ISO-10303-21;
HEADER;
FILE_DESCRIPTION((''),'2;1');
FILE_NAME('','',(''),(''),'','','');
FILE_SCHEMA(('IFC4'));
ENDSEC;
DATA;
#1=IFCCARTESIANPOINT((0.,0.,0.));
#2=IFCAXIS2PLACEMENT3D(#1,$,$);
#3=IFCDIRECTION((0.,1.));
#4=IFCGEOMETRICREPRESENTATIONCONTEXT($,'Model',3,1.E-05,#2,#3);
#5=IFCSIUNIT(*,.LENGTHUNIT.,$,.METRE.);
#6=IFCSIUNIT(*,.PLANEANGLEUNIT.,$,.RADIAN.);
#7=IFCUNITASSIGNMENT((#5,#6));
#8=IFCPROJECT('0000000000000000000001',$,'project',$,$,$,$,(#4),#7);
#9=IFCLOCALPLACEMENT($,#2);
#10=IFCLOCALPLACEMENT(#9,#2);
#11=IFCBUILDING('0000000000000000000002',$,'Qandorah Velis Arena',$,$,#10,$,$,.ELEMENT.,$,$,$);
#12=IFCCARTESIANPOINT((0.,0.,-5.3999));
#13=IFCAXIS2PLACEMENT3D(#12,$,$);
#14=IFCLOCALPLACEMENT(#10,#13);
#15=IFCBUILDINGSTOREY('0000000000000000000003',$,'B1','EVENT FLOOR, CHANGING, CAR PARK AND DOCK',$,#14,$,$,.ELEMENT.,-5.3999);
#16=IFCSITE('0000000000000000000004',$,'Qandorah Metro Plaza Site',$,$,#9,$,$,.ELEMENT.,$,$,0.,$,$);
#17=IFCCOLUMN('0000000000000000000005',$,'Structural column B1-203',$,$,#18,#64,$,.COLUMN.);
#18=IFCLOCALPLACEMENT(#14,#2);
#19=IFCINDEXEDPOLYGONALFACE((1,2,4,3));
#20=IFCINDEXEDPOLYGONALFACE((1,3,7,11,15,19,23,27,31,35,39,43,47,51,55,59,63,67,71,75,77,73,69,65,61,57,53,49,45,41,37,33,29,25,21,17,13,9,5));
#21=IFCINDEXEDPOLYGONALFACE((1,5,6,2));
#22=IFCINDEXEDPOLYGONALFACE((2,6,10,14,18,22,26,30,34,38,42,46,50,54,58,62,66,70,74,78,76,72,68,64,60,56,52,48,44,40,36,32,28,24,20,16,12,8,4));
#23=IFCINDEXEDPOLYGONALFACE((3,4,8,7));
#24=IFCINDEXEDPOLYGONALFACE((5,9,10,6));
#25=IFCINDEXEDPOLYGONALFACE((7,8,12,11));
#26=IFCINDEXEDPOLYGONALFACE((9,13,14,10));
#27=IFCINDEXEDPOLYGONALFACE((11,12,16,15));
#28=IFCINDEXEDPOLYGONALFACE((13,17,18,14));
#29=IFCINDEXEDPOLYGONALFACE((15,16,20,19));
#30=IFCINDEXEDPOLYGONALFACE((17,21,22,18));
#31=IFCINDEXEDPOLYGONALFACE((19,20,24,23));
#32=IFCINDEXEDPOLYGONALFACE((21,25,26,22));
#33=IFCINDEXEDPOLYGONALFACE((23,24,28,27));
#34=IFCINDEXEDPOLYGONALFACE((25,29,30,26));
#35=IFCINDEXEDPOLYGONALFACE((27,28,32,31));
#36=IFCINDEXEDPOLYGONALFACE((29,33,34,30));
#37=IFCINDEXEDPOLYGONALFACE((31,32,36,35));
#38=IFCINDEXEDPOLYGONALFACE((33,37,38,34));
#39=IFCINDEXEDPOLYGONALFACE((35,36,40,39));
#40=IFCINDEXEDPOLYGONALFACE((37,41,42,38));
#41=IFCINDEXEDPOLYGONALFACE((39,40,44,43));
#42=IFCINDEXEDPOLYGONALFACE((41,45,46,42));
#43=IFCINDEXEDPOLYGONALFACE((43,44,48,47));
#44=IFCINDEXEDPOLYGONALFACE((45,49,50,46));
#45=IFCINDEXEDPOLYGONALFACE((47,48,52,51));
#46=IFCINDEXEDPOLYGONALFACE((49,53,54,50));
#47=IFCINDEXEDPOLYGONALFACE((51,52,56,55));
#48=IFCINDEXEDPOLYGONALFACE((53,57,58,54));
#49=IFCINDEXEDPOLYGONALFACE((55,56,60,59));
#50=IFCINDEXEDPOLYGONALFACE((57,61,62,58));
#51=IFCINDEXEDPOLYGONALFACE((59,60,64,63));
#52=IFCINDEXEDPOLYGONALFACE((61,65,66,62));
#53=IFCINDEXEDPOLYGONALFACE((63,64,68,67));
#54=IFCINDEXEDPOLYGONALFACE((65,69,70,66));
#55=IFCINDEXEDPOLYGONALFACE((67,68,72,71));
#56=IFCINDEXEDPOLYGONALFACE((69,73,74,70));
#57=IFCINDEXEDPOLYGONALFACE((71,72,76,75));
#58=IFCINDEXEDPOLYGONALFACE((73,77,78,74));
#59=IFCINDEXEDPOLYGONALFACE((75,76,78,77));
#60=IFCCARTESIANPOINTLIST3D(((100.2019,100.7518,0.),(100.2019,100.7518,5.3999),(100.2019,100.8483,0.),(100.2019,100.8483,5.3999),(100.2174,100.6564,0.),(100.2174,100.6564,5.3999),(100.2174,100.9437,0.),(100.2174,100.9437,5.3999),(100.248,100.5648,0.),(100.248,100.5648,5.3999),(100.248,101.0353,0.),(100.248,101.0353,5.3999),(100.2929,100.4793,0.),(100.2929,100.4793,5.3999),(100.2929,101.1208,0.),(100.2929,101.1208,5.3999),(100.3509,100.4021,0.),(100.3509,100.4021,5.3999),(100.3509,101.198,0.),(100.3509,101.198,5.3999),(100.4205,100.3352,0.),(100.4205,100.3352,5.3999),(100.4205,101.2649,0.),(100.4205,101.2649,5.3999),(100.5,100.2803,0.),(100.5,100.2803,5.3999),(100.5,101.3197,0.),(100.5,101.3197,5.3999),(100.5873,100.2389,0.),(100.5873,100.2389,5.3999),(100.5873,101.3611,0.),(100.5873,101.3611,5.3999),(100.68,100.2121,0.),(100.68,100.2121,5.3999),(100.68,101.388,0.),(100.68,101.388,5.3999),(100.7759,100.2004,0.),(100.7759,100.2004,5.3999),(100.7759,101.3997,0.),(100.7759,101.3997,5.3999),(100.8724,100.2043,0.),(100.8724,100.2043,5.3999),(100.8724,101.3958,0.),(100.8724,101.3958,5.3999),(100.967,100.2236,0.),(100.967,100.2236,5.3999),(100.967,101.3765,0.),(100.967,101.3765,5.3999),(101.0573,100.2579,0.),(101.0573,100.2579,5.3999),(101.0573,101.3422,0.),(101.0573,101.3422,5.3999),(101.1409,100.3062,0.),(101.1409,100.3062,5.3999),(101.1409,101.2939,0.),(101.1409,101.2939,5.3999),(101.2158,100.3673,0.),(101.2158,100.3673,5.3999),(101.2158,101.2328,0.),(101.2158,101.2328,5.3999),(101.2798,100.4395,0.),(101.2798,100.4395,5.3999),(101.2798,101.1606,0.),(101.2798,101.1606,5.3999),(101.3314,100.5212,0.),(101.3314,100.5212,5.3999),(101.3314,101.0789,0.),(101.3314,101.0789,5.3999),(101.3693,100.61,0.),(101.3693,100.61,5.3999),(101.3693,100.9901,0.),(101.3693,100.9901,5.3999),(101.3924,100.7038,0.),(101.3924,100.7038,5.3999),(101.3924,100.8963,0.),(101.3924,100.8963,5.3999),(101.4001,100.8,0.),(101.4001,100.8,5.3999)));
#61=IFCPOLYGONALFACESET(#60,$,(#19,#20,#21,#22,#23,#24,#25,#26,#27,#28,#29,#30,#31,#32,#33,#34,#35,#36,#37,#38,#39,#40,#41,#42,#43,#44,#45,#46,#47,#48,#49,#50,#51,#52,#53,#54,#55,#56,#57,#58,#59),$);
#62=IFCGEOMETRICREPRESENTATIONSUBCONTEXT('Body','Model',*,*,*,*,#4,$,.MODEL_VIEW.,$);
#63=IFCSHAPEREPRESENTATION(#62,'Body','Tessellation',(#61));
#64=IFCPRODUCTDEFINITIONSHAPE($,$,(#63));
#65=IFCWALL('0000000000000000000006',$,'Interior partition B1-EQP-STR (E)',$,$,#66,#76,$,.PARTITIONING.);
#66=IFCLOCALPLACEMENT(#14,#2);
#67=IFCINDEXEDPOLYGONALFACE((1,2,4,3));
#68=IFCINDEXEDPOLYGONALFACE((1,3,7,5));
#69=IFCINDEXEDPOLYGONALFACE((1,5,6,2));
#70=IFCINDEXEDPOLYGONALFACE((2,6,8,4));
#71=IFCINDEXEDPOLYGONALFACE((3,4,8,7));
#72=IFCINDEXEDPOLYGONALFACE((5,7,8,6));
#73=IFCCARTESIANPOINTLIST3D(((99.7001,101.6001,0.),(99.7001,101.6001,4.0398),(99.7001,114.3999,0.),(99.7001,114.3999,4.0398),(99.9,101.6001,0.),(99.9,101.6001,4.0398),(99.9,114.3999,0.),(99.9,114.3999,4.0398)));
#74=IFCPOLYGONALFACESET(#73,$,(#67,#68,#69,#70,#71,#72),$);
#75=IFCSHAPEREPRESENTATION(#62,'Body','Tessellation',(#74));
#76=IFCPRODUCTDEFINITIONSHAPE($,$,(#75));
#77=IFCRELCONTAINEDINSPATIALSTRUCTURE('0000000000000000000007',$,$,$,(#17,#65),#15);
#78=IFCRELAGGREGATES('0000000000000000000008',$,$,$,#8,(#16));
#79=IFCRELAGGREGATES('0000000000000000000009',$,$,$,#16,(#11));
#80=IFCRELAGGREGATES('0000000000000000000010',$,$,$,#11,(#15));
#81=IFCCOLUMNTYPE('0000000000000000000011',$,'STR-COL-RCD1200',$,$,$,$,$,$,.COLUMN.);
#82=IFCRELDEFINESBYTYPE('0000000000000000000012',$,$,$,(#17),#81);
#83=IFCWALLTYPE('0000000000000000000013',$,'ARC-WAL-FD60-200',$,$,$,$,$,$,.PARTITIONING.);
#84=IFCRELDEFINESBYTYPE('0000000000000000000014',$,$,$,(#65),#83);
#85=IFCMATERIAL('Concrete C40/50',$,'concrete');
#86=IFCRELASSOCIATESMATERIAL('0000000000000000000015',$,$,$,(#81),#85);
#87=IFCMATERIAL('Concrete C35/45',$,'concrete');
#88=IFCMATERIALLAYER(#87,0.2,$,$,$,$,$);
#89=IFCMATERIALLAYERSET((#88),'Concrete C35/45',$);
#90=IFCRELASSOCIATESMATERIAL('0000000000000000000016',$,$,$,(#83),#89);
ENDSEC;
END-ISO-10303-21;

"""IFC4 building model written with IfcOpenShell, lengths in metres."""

from ifc_helpers import new_model, si_unit, direction, frame, frame_2d, origin, origin_2d, place, context, subcontext, project, spatial, rectangle, circle, extrude, material, layer, layer_set, material_profile, profile_set, type_object, element, save


model = new_model("IFC4")

# Units and contexts
model_context = context("Model", 3, precision=1e-05, world=origin(), true_north=direction((0.0, 1.0)))
body_context = subcontext(model_context, "Body", "Model", "MODEL_VIEW")
ifc_project = project(units=[si_unit("LENGTHUNIT", "METRE"), si_unit("PLANEANGLEUNIT", "RADIAN")], contexts=[model_context])

# Site, building, storey
site_placement = place(None, origin())
site = spatial("IfcSite", under=ifc_project, at=site_placement, Name="Qandorah Metro Plaza Site", CompositionType="ELEMENT", RefElevation=0.0)
building_placement = place(site_placement, origin())
building = spatial("IfcBuilding", under=site, at=building_placement, Name="Qandorah Velis Arena", CompositionType="ELEMENT")
storey_placement = place(building_placement, frame((0.0, 0.0, -5.3999)))
storey = spatial("IfcBuildingStorey", under=building, at=storey_placement, Name="B1", Description="EVENT FLOOR, CHANGING, CAR PARK AND DOCK", CompositionType="ELEMENT", Elevation=-5.3999)

# Shared definitions
ifc_material_1 = material(Name="Concrete C40/50", Category="concrete")

# Column
ifc_material_profile_1 = material_profile(ifc_material_1, circle(Radius=0.6001, at=origin_2d()), Name="RC D1200")
ifc_profile_set_1 = profile_set([ifc_material_profile_1], Name="Concrete C40/50")
column_type_1 = type_object("IfcColumnType", Name="STR-COL-RCD1200", PredefinedType="COLUMN", material=ifc_profile_set_1)
for number, where, z_axis, x_axis, name in (
    (1, (100.8, 100.8, 0.0), (0.0, 0.0, 1.0), (1.0, 0.0, 0.0), "Structural column B1-203"),
):
    element("IfcColumn", number, at=place(storey_placement, frame(where, z_axis=z_axis, x_axis=x_axis)), inside=storey, type_object=column_type_1, Name=name, PredefinedType="COLUMN", context=body_context, shape_type="SweptSolid", body=[
        extrude(circle(Radius=0.6001, at=origin_2d()), origin(), (0.0, 0.0, 1.0), 5.3999),
    ])

# Wall
ifc_material_2 = material(Name="Concrete C35/45", Category="concrete")
ifc_layer = layer(ifc_material_2, 0.2)
ifc_layer_set = layer_set([ifc_layer], Name="Concrete C35/45")
wall_type = type_object("IfcWallType", Name="ARC-WAL-FD60-200", PredefinedType="PARTITIONING", material=ifc_layer_set)
wall_placement = place(storey_placement, frame((99.8, 101.6001, 0.0), z_axis=(0.0, 0.0, 1.0), x_axis=(0.0, 1.0, 0.0)))
element("IfcWall", 2, at=wall_placement, inside=storey, type_object=wall_type, Name="Interior partition B1-EQP-STR (E)", PredefinedType="PARTITIONING", context=body_context, shape_type="SweptSolid", body=[
    extrude(rectangle(XDim=12.7998, YDim=0.2, at=frame_2d((6.3999, 0.0))), origin(), (0.0, 0.0, 1.0), 4.0398),
])

save(model, "model.ifc")
